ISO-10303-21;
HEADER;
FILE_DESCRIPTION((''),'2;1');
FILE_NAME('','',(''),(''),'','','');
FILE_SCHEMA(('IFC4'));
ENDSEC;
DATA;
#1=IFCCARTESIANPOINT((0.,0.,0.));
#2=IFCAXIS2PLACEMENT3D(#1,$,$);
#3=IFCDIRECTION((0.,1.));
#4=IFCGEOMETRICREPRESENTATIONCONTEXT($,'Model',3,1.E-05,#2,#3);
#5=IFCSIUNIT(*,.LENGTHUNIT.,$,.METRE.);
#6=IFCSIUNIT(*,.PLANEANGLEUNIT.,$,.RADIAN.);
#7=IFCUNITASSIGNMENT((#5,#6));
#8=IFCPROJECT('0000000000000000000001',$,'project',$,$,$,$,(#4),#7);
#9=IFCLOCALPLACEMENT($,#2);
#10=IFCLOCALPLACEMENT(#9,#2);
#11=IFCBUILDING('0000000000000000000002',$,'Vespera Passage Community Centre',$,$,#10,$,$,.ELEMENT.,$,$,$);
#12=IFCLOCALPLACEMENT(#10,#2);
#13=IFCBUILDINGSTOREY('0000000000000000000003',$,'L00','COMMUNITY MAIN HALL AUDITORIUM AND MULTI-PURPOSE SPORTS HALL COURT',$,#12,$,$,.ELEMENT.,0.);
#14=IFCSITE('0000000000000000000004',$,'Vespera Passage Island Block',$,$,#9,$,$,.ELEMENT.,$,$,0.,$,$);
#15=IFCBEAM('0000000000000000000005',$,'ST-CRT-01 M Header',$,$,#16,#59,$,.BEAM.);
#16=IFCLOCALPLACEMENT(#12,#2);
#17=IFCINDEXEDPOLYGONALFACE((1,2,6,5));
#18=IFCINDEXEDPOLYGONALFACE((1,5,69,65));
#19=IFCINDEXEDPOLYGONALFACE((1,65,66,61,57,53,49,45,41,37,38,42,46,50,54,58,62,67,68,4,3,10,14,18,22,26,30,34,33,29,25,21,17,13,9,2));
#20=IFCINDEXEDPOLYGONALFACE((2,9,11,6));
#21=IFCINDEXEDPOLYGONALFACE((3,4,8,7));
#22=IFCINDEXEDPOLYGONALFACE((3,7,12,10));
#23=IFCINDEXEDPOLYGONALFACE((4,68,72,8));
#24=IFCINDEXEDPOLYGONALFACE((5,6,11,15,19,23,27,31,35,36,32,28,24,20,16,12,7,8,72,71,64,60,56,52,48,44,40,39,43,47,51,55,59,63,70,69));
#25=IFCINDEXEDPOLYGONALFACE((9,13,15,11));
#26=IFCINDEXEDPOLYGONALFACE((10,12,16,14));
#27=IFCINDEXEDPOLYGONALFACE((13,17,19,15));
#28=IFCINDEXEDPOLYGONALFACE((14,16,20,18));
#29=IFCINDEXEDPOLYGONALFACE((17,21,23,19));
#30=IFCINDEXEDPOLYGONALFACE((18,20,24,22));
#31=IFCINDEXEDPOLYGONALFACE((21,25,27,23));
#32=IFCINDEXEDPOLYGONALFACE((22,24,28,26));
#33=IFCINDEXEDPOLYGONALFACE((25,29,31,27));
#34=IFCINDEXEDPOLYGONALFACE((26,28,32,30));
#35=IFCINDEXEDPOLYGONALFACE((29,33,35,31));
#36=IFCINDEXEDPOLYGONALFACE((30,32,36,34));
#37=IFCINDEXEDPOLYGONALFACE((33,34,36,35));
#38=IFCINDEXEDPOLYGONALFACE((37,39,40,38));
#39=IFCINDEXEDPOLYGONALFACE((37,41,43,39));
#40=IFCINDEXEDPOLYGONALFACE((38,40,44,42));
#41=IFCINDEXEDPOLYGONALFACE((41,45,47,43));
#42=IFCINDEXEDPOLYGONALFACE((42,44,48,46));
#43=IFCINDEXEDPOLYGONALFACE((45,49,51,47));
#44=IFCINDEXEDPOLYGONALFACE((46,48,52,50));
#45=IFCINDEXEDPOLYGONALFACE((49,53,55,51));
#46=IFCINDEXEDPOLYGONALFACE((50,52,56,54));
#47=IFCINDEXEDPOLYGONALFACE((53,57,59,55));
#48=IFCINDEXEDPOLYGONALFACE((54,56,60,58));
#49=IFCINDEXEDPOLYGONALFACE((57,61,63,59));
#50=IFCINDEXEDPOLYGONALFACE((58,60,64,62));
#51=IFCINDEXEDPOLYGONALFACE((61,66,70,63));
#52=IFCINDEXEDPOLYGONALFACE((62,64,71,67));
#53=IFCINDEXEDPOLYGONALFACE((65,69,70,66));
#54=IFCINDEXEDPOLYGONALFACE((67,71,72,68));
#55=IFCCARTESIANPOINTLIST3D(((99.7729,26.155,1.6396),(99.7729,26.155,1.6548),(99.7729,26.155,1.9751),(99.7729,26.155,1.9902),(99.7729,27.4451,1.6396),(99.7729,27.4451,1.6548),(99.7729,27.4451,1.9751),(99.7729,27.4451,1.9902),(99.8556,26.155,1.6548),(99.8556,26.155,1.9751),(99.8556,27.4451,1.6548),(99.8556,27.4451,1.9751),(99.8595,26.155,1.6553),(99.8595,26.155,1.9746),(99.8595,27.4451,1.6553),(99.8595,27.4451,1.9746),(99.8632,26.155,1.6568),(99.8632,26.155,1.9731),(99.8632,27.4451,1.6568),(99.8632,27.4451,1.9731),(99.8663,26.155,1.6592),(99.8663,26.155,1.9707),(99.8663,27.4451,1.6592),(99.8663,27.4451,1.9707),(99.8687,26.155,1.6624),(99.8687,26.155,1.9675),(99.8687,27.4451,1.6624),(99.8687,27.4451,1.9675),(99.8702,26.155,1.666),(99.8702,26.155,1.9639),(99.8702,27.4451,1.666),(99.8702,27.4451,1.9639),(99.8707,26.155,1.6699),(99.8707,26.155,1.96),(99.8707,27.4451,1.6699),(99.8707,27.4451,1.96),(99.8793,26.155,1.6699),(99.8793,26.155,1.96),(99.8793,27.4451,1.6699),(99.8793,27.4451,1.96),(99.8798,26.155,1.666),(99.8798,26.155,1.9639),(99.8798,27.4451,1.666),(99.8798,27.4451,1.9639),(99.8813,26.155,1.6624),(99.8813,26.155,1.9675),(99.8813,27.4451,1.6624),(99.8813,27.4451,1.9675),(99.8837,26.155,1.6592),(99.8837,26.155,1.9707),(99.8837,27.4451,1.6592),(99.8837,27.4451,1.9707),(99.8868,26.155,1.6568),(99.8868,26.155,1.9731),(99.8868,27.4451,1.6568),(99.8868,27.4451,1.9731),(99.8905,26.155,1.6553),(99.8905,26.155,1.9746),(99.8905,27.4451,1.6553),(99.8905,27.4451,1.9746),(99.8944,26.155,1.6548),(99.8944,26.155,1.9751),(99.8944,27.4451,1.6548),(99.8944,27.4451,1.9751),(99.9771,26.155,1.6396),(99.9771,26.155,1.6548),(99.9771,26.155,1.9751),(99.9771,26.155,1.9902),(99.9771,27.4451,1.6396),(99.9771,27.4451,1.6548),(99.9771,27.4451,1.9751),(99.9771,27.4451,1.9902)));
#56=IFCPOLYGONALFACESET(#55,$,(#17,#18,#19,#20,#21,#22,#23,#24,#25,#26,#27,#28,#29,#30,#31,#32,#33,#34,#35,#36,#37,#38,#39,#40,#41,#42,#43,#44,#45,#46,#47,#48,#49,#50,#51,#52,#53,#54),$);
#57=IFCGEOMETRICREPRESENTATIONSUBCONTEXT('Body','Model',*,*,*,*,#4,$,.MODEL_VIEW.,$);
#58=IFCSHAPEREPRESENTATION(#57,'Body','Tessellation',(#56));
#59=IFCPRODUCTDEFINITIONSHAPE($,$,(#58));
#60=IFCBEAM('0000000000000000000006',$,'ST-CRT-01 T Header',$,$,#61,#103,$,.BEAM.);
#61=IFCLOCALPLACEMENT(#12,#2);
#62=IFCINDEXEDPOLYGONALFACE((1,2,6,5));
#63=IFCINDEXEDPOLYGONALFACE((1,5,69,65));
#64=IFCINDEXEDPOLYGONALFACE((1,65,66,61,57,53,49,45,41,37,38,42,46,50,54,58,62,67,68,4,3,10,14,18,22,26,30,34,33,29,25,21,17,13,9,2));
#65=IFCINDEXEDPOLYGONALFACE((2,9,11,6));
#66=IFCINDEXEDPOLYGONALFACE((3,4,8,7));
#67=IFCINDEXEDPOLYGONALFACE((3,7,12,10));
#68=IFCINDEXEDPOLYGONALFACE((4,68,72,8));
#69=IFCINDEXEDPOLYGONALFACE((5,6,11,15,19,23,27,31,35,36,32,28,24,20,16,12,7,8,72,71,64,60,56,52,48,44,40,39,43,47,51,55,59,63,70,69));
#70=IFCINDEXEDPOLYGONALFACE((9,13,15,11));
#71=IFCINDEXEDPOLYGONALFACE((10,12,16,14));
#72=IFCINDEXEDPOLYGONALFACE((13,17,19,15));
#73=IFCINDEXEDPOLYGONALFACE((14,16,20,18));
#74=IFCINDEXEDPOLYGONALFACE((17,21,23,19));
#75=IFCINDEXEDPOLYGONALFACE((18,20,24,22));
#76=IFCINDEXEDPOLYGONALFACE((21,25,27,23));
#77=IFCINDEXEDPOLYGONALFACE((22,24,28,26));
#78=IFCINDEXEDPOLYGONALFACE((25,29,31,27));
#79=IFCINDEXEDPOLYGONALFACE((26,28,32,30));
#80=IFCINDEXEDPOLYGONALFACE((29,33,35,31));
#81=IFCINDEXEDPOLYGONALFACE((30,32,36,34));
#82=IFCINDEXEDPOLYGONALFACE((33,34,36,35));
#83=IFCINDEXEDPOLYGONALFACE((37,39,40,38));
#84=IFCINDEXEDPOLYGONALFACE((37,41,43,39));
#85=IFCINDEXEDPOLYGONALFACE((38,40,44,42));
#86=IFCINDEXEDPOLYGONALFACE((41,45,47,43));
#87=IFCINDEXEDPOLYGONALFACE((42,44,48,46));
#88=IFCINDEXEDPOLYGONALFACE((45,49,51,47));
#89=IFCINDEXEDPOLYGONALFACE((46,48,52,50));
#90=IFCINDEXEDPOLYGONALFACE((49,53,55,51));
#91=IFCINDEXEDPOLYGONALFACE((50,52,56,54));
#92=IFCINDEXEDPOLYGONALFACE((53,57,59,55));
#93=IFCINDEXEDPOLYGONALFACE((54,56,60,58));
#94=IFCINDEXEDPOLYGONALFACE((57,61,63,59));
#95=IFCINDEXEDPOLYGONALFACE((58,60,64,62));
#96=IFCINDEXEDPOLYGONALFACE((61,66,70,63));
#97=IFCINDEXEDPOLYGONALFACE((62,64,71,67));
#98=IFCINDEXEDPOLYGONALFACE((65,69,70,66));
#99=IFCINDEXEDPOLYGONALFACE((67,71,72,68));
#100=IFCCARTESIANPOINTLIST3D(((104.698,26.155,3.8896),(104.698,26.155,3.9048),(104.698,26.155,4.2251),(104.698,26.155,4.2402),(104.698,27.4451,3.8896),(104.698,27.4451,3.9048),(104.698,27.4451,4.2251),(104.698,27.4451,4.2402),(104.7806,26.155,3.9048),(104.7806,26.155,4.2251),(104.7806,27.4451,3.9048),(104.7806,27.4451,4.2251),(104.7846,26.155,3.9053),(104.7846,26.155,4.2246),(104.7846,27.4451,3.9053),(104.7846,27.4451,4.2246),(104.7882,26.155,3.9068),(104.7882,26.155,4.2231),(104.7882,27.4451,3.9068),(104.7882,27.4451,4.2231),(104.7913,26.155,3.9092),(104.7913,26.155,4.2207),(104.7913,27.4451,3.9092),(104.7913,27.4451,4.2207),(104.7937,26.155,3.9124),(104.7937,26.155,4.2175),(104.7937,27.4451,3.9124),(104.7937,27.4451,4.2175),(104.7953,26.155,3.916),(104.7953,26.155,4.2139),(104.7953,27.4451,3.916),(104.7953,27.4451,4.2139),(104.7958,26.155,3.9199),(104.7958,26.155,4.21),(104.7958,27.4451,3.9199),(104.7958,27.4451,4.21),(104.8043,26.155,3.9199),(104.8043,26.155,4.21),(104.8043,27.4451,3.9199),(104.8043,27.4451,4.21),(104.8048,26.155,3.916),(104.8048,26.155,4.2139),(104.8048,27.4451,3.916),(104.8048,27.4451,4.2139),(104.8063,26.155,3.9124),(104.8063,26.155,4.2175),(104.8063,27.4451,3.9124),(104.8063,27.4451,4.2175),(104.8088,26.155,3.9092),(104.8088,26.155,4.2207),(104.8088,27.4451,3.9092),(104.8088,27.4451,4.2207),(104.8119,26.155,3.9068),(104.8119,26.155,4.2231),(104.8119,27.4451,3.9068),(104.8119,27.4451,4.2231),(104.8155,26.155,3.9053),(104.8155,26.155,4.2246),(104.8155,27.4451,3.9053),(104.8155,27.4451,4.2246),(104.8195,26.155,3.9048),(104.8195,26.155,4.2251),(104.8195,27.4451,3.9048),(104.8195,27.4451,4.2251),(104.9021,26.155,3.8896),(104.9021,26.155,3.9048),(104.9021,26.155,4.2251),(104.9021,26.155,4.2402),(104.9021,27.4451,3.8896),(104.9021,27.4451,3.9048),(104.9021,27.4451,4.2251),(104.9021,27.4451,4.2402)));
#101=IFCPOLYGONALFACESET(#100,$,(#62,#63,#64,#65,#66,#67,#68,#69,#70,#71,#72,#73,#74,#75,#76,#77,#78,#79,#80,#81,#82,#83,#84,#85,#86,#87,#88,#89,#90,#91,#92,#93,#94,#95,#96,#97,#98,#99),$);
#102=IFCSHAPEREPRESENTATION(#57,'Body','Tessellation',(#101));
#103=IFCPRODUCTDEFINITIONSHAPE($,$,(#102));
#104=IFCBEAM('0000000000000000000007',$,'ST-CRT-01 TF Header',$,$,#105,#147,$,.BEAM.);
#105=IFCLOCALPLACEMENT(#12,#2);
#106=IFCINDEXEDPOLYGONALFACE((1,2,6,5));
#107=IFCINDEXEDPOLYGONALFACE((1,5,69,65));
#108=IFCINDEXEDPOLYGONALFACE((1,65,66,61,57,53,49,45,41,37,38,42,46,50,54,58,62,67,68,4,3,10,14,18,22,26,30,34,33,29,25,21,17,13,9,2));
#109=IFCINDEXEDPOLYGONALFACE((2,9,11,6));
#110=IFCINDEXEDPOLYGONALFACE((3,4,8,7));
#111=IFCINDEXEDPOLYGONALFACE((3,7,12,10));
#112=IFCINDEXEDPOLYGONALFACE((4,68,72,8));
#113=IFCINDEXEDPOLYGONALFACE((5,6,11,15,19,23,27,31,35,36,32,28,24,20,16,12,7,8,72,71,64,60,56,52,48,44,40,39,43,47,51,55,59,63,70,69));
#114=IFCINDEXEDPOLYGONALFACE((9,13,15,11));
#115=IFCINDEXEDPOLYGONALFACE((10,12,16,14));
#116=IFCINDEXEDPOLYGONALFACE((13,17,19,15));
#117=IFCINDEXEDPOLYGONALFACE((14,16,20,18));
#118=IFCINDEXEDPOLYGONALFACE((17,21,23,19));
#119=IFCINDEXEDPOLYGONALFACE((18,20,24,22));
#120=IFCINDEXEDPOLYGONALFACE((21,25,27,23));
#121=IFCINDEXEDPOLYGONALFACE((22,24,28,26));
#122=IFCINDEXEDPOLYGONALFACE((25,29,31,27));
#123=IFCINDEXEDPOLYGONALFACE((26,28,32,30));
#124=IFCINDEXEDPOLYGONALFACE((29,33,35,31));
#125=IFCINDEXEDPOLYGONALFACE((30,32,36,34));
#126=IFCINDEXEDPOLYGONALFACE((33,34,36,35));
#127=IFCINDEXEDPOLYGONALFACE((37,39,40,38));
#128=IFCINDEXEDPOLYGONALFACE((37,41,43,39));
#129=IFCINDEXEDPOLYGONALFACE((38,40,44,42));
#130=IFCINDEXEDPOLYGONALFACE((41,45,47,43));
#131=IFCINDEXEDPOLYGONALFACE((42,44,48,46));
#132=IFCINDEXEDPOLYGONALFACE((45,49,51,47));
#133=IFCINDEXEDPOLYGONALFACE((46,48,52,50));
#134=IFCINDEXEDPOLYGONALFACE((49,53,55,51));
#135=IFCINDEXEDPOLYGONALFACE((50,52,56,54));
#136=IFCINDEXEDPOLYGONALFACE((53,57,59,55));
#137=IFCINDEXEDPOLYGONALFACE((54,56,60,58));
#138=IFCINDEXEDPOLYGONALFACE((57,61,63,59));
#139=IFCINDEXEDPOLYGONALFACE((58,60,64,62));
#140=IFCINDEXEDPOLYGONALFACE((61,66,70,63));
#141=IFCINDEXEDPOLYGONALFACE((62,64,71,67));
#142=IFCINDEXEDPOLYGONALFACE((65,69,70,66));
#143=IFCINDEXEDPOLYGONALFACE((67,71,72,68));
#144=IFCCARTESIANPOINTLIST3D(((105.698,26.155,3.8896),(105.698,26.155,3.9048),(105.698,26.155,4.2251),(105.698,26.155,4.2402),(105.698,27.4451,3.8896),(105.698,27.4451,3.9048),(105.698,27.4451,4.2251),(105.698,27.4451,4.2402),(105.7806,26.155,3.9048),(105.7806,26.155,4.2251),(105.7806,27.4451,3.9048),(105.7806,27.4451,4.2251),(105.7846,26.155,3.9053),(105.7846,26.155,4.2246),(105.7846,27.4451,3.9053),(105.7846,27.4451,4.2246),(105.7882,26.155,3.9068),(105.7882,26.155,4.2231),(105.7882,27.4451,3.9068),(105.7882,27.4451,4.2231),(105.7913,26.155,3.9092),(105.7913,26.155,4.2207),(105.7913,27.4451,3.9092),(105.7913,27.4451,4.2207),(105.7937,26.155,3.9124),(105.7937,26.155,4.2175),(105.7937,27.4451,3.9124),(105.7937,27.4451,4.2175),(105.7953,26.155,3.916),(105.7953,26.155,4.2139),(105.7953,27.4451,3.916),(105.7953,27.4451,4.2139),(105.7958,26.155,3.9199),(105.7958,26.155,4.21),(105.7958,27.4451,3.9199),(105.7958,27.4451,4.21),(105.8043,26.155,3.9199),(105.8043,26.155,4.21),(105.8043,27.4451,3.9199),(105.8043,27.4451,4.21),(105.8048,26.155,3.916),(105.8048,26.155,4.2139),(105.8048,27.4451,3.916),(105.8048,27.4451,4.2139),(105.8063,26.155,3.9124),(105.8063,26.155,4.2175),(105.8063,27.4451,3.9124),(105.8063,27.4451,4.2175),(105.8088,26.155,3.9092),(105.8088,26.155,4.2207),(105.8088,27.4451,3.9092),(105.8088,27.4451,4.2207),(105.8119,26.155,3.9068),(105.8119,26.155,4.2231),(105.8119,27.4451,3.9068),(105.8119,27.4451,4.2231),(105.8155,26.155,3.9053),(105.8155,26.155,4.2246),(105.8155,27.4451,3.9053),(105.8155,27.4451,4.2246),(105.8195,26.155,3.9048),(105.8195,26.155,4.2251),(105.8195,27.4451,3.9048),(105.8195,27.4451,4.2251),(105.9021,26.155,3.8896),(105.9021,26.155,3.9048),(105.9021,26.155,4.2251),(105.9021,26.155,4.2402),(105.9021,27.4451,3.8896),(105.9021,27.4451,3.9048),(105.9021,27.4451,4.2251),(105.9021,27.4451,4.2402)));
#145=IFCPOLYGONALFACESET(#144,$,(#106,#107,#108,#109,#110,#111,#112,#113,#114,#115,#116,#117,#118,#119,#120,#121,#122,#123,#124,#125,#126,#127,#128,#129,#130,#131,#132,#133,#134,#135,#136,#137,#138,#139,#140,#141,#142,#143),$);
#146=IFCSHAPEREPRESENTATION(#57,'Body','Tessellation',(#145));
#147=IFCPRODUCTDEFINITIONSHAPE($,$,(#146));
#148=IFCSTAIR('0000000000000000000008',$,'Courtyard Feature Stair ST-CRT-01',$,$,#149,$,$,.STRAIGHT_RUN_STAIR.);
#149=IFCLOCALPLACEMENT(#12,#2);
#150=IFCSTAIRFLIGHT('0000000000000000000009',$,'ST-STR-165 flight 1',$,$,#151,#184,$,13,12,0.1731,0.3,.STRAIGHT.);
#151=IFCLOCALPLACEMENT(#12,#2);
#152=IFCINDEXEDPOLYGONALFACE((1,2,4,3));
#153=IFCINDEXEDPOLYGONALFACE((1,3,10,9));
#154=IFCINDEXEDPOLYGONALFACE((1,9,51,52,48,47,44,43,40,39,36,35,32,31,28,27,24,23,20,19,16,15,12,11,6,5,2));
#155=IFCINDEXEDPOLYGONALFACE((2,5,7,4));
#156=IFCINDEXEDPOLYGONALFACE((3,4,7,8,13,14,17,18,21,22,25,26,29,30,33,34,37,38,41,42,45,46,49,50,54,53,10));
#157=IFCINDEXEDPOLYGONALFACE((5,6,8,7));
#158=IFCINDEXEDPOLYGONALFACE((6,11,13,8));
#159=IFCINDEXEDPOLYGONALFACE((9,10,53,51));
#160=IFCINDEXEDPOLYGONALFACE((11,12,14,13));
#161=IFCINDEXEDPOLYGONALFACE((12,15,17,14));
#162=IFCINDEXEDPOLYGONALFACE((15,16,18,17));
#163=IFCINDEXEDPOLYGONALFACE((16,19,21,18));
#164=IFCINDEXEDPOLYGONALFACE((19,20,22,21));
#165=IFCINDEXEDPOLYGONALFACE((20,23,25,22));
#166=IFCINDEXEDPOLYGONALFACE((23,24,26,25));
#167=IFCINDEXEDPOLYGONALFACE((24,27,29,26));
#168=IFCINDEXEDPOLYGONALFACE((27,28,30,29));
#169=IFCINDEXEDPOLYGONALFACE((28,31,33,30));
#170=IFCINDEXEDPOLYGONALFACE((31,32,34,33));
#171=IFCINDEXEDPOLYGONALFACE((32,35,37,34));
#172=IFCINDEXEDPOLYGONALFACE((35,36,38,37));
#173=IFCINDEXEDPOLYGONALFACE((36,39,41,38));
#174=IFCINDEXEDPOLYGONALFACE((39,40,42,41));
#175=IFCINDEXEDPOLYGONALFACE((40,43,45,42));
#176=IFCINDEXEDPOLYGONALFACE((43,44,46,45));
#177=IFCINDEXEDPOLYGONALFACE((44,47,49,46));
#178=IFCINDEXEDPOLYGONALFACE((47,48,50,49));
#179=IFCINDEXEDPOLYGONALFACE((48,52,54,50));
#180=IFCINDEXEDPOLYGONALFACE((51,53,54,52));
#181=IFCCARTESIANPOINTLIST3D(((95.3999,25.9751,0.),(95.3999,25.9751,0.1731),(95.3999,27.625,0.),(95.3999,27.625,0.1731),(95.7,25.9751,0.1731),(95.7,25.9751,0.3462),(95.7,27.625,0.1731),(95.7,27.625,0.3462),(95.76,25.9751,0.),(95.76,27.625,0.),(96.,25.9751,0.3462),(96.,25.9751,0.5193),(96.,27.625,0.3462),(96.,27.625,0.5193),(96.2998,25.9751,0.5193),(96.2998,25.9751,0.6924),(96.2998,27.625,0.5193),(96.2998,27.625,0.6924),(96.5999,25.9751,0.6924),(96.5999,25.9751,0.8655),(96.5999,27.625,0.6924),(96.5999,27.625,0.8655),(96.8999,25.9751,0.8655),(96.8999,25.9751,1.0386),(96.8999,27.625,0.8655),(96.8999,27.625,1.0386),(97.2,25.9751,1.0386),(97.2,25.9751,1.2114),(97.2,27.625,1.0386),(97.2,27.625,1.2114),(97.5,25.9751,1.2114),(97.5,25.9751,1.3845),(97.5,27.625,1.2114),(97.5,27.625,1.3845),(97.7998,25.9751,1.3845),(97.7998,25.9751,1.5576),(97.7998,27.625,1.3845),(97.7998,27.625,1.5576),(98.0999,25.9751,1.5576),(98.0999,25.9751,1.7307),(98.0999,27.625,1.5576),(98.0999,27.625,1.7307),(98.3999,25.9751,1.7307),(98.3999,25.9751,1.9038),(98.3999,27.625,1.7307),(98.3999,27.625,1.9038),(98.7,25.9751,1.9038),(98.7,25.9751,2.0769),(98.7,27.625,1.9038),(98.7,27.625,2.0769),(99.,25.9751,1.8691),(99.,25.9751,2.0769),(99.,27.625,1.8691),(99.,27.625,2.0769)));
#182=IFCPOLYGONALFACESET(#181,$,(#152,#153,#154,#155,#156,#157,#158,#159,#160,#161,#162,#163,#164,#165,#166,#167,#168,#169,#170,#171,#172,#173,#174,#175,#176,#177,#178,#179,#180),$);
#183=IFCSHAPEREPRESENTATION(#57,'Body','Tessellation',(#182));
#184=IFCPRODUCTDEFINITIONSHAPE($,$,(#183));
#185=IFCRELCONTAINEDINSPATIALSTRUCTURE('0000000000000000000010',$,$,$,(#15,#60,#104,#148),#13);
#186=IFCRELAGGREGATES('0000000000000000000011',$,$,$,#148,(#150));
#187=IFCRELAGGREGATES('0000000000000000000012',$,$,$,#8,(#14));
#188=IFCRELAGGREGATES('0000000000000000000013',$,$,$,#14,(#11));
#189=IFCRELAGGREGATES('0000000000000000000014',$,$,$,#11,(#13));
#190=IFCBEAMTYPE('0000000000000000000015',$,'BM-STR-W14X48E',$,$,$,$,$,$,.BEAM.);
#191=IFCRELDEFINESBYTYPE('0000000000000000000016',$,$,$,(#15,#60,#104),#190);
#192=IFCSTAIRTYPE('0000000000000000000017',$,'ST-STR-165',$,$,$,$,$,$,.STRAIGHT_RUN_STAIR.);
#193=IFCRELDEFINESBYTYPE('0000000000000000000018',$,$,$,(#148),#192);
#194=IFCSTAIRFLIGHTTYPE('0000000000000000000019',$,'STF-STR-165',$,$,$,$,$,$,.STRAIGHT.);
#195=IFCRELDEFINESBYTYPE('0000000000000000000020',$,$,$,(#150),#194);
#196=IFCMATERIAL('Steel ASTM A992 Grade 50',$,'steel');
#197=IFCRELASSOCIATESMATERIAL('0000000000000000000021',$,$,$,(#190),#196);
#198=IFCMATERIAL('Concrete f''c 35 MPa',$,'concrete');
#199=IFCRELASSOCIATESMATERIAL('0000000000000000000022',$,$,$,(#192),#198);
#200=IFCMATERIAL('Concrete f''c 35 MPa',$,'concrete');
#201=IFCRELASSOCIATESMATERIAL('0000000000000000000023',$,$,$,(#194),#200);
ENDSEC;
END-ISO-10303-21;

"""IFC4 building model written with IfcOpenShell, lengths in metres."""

from ifc_helpers import new_model, si_unit, direction, frame, origin, origin_2d, place, context, subcontext, project, spatial, polyline, i_section, outline, extrude, material, material_profile, profile_set, type_object, element, aggregate, save


model = new_model("IFC4")

# Units and contexts
model_context = context("Model", 3, precision=1e-05, world=origin(), true_north=direction((0.0, 1.0)))
body_context = subcontext(model_context, "Body", "Model", "MODEL_VIEW")
ifc_project = project(units=[si_unit("LENGTHUNIT", "METRE"), si_unit("PLANEANGLEUNIT", "RADIAN")], contexts=[model_context])

# Site, building, storey
site_placement = place(None, origin())
site = spatial("IfcSite", under=ifc_project, at=site_placement, Name="Vespera Passage Island Block", CompositionType="ELEMENT", RefElevation=0.0)
building_placement = place(site_placement, origin())
building = spatial("IfcBuilding", under=site, at=building_placement, Name="Vespera Passage Community Centre", CompositionType="ELEMENT")
storey_placement = place(building_placement, origin())
storey = spatial("IfcBuildingStorey", under=building, at=storey_placement, Name="L00", Description="COMMUNITY MAIN HALL AUDITORIUM AND MULTI-PURPOSE SPORTS HALL COURT", CompositionType="ELEMENT", Elevation=0.0)

# Beams
ifc_material_1 = material(Name="Steel ASTM A992 Grade 50", Category="steel")
ifc_material_profile_1 = material_profile(ifc_material_1, i_section(OverallWidth=0.2041, OverallDepth=0.3506, WebThickness=0.0085, FlangeThickness=0.0151, FilletRadius=0.0151, at=origin_2d()), Name="W14X48")
ifc_profile_set_1 = profile_set([ifc_material_profile_1], Name="Steel ASTM A992 Grade 50")
beam_type_1 = type_object("IfcBeamType", Name="BM-STR-W14X48E", PredefinedType="BEAM", material=ifc_profile_set_1)
for number, where, z_axis, x_axis, name in (
    (1, (99.875, 26.155, 1.8149), (0.0, 1.0, 0.0), (-1.0, 0.0, 0.0), "ST-CRT-01 M Header"),
    (2, (104.8, 26.155, 4.0649), (0.0, 1.0, 0.0), (-1.0, 0.0, 0.0), "ST-CRT-01 T Header"),
    (3, (105.8, 26.155, 4.0649), (0.0, 1.0, 0.0), (-1.0, 0.0, 0.0), "ST-CRT-01 TF Header"),
):
    element("IfcBeam", number, at=place(storey_placement, frame(where, z_axis=z_axis, x_axis=x_axis)), inside=storey, type_object=beam_type_1, Name=name, PredefinedType="BEAM", context=body_context, shape_type="SweptSolid", body=[
        extrude(i_section(OverallWidth=0.2041, OverallDepth=0.3506, WebThickness=0.0085, FlangeThickness=0.0151, FilletRadius=0.0151, at=origin_2d()), origin(), (0.0, 0.0, 1.0), 1.29),
    ])

# Stair, stair flight
ifc_material_2 = material(Name="Concrete f'c 35 MPa", Category="concrete")
stair_type = type_object("IfcStairType", Name="ST-STR-165", PredefinedType="STRAIGHT_RUN_STAIR", material=ifc_material_2)
stair_placement = place(storey_placement, origin())
stair = element("IfcStair", 4, at=stair_placement, inside=storey, type_object=stair_type, Name="Courtyard Feature Stair ST-CRT-01", PredefinedType="STRAIGHT_RUN_STAIR")
ifc_material_3 = material(Name="Concrete f'c 35 MPa", Category="concrete")
stair_flight_type = type_object("IfcStairFlightType", Name="STF-STR-165", PredefinedType="STRAIGHT", material=ifc_material_3)
stair_flight_1_placement = place(storey_placement, frame((95.3999, 26.8, 0.0), z_axis=(0.0, 0.0, 1.0), x_axis=(1.0, 0.0, 0.0)))
stair_flight_1 = element("IfcStairFlight", 5, at=stair_flight_1_placement, type_object=stair_flight_type, Name="ST-STR-165 flight 1", NumberOfRisers=13, NumberOfTreads=12, PredefinedType="STRAIGHT", RiserHeight=0.1731, TreadLength=0.3, context=body_context, shape_type="SweptSolid", body=[
    extrude(outline(polyline([(0.0, 0.0), (0.0, 0.1731), (0.3, 0.1731), (0.3, 0.3462), (0.6001, 0.3462), (0.6001, 0.5193), (0.8999, 0.5193), (0.8999, 0.6924), (1.2, 0.6924), (1.2, 0.8655), (1.5, 0.8655), (1.5, 1.0386), (1.8, 1.0386), (1.8, 1.2114), (2.1001, 1.2114), (2.1001, 1.3845), (2.3999, 1.3845), (2.3999, 1.5576), (2.7, 1.5576), (2.7, 1.7307), (3.0, 1.7307), (3.0, 1.9038), (3.3, 1.9038), (3.3, 2.0769), (3.6001, 2.0769), (3.6001, 2.25), (3.6001, 1.8691), (0.3601, 0.0), (0.0, 0.0)])), frame((0.0, 0.825, 0.0), z_axis=(0.0, -1.0, 0.0), x_axis=(1.0, 0.0, 0.0)), (0.0, 0.0, 1.0), 1.6499),
])
aggregate(stair, [stair_flight_1])

save(model, "model.ifc")
